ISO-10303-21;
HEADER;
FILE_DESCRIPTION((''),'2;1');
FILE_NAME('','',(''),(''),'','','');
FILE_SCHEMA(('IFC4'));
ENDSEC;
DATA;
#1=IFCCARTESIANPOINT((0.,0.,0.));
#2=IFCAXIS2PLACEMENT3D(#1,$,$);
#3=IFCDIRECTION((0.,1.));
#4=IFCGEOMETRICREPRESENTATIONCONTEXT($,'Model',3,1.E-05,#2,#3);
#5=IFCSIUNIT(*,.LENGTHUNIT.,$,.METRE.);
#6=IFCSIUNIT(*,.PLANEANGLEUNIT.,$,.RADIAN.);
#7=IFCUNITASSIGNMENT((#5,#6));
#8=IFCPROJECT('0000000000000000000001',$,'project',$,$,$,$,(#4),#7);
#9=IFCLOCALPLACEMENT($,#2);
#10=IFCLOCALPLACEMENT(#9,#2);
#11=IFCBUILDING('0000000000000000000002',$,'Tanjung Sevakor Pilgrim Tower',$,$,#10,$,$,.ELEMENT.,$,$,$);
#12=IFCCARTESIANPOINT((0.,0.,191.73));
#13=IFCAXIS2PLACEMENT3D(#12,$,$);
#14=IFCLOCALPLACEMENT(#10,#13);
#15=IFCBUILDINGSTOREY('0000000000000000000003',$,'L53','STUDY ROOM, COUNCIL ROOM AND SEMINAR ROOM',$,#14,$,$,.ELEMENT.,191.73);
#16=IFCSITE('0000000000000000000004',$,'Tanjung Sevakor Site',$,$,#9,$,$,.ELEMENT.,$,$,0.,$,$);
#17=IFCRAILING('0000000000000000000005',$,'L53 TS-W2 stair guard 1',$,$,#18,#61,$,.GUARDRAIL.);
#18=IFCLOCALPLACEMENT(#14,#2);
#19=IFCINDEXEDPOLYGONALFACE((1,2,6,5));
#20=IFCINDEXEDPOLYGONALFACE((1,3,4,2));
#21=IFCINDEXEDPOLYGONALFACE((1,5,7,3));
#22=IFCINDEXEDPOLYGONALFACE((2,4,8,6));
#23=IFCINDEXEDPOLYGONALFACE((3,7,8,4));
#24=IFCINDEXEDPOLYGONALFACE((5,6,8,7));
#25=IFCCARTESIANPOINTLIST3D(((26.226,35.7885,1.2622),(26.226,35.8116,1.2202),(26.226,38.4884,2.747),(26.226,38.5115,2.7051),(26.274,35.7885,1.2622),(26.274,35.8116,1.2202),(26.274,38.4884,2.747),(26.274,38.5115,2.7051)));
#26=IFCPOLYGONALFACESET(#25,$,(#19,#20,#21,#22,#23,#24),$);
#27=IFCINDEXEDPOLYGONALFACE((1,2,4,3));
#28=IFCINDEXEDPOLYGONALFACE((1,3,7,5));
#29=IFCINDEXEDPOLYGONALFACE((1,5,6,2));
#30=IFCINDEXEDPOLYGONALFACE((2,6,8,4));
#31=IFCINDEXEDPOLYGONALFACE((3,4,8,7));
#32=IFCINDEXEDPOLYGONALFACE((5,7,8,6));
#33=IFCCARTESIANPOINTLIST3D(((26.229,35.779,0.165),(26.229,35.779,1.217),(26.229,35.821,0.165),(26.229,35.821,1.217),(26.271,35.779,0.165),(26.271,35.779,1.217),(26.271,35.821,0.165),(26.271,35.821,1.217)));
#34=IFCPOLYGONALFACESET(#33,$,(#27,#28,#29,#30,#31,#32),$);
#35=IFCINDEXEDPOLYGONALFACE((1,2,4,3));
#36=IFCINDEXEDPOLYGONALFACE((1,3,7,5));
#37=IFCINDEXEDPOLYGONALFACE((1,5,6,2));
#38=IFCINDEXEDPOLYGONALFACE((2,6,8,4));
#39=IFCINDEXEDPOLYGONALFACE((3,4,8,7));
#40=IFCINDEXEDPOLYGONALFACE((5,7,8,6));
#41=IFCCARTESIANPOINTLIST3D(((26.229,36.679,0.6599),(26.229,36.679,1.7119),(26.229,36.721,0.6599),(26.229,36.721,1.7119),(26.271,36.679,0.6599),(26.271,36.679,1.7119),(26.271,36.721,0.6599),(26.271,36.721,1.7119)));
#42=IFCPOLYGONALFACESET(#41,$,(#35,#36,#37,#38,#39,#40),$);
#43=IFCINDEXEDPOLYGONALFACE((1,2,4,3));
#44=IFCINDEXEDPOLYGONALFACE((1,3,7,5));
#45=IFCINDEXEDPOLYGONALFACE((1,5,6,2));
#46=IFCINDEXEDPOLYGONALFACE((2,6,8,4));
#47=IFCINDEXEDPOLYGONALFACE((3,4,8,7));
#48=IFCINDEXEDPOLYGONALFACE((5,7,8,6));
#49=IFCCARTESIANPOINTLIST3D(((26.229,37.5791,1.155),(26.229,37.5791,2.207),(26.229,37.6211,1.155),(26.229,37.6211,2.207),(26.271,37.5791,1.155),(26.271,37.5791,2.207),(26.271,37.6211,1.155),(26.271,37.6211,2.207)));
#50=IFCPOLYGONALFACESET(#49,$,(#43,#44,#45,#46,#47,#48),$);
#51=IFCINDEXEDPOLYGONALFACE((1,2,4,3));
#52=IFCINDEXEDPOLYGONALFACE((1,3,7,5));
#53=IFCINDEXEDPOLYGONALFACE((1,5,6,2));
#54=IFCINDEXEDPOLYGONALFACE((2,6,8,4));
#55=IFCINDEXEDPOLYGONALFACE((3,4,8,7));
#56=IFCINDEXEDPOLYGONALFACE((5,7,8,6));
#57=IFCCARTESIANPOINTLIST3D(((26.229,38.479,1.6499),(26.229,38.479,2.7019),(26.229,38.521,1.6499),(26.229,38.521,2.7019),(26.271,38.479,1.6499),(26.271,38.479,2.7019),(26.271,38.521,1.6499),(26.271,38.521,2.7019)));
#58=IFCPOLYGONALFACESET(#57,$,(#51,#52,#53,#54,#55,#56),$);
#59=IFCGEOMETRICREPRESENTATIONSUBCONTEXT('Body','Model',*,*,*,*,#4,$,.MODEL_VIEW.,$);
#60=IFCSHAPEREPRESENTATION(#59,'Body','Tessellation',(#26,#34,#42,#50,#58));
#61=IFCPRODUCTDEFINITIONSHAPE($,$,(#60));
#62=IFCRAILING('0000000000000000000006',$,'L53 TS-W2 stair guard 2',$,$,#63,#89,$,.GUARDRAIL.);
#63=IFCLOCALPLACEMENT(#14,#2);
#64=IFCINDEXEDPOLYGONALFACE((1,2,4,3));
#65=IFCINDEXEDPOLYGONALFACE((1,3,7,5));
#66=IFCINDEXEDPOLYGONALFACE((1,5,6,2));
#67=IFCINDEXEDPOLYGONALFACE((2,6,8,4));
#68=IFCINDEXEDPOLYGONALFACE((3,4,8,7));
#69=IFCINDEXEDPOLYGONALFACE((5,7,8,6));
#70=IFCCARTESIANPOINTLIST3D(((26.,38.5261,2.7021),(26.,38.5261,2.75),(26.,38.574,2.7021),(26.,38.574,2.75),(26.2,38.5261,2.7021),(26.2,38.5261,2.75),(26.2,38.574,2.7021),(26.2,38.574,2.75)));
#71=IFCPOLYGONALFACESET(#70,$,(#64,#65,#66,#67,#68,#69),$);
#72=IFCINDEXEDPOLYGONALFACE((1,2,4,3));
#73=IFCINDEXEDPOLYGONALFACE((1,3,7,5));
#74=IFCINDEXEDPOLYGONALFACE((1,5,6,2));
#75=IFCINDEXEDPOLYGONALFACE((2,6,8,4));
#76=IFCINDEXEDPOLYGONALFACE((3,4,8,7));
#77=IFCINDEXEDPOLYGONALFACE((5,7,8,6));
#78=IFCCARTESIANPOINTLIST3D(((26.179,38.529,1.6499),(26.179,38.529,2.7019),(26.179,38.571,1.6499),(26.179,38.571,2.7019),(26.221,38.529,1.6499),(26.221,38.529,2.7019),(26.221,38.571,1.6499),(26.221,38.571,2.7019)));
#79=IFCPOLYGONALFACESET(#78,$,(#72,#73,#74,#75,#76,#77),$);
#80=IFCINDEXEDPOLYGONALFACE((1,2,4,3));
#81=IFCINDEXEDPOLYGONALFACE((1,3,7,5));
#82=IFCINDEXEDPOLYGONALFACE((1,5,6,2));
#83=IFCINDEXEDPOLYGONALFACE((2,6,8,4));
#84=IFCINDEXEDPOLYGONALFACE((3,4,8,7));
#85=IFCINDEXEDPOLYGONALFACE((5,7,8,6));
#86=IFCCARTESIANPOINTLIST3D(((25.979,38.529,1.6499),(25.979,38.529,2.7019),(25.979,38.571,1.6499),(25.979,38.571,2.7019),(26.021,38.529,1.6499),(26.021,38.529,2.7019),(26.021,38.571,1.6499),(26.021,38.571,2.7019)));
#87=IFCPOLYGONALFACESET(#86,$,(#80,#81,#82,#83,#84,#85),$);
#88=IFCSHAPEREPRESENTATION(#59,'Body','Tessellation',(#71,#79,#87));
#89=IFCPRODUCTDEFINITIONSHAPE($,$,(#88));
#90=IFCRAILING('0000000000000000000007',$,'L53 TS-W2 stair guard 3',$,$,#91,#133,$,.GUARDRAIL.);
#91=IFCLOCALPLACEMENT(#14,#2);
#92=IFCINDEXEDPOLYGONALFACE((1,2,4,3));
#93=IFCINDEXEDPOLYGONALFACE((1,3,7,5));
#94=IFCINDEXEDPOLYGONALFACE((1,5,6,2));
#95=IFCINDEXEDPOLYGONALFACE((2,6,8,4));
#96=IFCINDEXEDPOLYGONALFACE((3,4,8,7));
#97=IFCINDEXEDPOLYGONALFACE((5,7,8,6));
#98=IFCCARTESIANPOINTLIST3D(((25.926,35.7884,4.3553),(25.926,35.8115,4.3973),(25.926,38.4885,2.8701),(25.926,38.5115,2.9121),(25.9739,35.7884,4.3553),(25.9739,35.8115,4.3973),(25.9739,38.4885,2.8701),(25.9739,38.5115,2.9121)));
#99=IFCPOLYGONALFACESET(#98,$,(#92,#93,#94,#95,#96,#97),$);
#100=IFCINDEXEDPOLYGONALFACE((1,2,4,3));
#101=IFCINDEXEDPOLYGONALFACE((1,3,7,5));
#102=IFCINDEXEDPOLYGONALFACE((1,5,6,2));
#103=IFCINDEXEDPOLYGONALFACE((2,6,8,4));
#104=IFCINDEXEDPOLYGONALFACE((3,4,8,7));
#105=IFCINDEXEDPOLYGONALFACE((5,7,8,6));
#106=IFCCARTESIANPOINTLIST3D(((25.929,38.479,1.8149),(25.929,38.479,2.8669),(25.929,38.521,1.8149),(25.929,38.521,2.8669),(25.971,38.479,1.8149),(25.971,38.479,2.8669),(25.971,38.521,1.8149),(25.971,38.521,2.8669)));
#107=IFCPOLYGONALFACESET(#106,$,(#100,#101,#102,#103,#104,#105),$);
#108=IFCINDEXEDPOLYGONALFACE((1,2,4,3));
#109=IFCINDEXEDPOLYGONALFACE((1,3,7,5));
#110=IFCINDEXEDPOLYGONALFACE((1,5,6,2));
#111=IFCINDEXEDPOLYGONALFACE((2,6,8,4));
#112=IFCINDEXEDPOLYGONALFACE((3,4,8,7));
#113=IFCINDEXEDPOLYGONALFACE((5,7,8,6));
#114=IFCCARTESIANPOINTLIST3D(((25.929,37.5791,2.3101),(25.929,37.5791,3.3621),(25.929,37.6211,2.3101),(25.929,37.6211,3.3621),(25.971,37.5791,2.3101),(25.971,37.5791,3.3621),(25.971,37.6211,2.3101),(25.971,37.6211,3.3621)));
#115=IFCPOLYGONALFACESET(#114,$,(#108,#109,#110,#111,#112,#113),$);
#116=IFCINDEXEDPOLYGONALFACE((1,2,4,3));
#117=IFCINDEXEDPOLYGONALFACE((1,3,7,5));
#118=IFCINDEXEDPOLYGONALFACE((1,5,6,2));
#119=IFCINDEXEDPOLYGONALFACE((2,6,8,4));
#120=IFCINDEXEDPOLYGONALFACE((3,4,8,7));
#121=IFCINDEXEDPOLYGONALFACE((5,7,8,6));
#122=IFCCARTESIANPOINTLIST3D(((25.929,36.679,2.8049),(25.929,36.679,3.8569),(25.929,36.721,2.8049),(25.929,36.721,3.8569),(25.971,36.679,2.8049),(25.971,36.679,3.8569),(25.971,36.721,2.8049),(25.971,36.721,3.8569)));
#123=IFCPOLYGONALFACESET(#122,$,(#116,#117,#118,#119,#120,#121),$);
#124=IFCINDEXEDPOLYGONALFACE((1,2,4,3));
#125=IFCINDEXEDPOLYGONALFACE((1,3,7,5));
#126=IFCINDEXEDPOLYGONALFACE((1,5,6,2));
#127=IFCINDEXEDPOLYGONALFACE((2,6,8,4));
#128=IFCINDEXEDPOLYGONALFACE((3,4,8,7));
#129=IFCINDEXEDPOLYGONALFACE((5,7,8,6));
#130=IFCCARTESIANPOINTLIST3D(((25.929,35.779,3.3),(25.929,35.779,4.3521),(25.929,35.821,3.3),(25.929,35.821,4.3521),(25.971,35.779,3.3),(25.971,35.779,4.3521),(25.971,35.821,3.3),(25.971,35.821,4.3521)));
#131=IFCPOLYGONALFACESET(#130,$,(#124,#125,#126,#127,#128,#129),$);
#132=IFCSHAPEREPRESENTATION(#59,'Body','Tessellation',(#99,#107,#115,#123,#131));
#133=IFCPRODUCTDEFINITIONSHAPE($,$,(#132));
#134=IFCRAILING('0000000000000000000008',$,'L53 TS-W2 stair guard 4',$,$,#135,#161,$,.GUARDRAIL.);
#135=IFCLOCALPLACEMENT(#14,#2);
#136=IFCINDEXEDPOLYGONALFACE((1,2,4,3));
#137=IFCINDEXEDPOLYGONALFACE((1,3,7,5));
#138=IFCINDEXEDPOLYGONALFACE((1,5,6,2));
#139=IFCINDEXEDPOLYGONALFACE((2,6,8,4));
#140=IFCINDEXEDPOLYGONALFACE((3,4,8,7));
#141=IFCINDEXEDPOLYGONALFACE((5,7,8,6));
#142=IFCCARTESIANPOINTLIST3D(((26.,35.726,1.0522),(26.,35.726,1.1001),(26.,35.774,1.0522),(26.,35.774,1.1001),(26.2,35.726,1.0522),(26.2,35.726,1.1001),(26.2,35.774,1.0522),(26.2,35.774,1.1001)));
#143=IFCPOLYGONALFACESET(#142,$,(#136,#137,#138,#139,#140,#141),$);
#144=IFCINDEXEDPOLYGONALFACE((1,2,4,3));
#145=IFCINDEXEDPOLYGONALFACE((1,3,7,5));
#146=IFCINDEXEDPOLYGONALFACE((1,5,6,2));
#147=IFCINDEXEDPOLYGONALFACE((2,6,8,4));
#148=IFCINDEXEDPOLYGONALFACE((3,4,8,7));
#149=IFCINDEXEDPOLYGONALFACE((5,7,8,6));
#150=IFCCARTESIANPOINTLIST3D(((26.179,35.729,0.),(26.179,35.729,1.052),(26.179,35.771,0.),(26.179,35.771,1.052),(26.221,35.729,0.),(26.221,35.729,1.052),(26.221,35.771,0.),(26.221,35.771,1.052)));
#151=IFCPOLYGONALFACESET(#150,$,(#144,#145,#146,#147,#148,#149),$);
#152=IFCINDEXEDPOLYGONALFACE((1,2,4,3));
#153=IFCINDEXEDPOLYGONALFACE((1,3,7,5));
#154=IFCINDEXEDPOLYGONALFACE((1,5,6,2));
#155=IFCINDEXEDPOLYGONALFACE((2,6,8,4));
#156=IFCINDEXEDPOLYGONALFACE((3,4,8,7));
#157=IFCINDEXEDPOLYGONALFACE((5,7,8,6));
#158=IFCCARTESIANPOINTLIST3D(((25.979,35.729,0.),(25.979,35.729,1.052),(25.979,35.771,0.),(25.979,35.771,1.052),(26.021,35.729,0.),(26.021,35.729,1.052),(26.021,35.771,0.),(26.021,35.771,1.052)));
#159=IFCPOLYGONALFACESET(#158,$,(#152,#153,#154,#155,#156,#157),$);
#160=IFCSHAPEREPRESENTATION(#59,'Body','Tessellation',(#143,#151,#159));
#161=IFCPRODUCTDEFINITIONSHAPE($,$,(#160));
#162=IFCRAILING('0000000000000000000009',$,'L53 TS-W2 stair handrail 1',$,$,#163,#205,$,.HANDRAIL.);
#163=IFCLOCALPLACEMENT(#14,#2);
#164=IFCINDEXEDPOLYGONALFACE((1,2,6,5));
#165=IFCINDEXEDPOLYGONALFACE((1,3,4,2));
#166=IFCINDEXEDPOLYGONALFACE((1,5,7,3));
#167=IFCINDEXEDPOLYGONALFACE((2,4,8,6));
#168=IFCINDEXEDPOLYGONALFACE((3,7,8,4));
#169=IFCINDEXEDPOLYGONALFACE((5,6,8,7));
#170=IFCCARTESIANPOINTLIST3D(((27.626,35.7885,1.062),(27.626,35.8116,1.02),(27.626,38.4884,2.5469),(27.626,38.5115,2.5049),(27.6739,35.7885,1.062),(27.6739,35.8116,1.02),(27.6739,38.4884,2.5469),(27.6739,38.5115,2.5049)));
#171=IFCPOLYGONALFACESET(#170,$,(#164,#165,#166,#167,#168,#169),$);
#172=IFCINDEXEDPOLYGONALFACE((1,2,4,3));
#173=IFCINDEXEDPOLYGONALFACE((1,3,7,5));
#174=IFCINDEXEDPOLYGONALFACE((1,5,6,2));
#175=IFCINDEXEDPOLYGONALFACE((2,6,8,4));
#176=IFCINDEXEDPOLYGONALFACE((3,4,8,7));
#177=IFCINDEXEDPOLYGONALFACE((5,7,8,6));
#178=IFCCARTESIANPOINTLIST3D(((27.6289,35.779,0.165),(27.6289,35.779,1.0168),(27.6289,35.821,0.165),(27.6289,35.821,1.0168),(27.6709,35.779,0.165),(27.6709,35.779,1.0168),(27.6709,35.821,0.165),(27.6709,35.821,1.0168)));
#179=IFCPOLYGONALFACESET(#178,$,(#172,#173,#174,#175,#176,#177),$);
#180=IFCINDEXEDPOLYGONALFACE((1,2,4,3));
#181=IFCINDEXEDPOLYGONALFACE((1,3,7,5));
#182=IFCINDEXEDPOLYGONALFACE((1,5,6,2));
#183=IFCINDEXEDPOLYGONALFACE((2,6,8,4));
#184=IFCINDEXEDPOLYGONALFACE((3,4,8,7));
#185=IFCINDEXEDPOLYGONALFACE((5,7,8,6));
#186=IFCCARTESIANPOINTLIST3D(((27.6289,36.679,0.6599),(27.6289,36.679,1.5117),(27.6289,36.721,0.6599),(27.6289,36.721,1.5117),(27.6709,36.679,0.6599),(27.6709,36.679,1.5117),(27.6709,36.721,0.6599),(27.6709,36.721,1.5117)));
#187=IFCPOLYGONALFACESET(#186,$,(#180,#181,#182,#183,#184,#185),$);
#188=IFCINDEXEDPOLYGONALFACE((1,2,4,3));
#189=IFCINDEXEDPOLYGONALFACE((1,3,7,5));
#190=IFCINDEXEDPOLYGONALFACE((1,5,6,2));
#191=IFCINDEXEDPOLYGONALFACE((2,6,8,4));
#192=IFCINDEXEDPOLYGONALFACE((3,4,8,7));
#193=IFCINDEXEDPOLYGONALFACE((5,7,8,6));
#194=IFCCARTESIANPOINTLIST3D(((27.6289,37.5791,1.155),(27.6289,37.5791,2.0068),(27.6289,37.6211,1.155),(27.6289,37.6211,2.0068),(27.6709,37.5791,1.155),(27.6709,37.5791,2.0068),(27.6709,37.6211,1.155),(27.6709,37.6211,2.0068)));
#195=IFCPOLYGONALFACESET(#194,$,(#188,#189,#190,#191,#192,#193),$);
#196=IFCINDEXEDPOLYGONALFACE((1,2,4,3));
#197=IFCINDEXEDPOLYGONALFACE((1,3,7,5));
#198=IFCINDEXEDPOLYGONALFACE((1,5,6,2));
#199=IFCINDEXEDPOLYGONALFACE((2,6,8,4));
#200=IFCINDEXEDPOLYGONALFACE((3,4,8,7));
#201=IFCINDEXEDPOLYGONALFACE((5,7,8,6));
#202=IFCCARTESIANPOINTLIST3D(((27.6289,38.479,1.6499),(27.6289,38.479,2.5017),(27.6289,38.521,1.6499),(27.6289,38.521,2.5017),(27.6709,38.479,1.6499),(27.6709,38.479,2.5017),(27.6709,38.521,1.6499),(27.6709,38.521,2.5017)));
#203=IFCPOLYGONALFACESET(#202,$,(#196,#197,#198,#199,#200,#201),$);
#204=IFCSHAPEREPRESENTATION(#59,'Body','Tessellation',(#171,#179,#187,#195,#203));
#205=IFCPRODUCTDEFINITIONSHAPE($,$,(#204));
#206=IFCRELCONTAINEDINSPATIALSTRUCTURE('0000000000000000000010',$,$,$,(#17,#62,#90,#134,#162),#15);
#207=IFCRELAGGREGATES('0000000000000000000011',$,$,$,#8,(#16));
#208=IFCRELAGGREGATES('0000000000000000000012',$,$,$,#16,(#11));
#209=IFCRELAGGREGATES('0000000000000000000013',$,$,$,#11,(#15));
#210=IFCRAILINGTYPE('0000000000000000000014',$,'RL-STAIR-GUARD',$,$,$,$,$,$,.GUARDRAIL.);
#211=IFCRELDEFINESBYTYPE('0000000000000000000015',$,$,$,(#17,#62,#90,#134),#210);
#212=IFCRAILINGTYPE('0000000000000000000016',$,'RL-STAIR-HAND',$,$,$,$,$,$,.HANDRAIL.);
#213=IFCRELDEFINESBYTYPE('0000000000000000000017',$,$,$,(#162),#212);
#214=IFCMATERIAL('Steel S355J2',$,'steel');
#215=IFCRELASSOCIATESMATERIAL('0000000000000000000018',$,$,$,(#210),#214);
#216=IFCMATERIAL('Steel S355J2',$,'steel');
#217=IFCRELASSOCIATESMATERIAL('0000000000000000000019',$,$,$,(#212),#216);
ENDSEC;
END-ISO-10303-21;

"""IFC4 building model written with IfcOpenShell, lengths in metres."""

from ifc_helpers import new_model, si_unit, direction, frame, origin, place, context, subcontext, project, spatial, rectangle, extrude, material, type_object, element, save


model = new_model("IFC4")

# Units and contexts
model_context = context("Model", 3, precision=1e-05, world=origin(), true_north=direction((0.0, 1.0)))
body_context = subcontext(model_context, "Body", "Model", "MODEL_VIEW")
ifc_project = project(units=[si_unit("LENGTHUNIT", "METRE"), si_unit("PLANEANGLEUNIT", "RADIAN")], contexts=[model_context])

# Site, building, storey
site_placement = place(None, origin())
site = spatial("IfcSite", under=ifc_project, at=site_placement, Name="Tanjung Sevakor Site", CompositionType="ELEMENT", RefElevation=0.0)
building_placement = place(site_placement, origin())
building = spatial("IfcBuilding", under=site, at=building_placement, Name="Tanjung Sevakor Pilgrim Tower", CompositionType="ELEMENT")
storey_placement = place(building_placement, frame((0.0, 0.0, 191.73)))
storey = spatial("IfcBuildingStorey", under=building, at=storey_placement, Name="L53", Description="STUDY ROOM, COUNCIL ROOM AND SEMINAR ROOM", CompositionType="ELEMENT", Elevation=191.73)

# Railings
ifc_material_1 = material(Name="Steel S355J2", Category="steel")
railing_type_1 = type_object("IfcRailingType", Name="RL-STAIR-GUARD", PredefinedType="GUARDRAIL", material=ifc_material_1)
railing_1_placement = place(storey_placement, frame((26.25, 35.8, 0.165)))
element("IfcRailing", 1, at=railing_1_placement, inside=storey, type_object=railing_type_1, Name="L53 TS-W2 stair guard 1", PredefinedType="GUARDRAIL", context=body_context, shape_type="SweptSolid", body=[
    extrude(rectangle(XDim=0.0479, YDim=0.0479), frame((0.0, 0.0, 1.0762), z_axis=(0.0, 0.876231, 0.481891), x_axis=(-1.0, 0.0, 0.0)), (0.0, 0.0, 1.0), 3.0813),
    extrude(rectangle(XDim=0.042, YDim=0.042), origin(), (0.0, 0.0, 1.0), 1.052),
    extrude(rectangle(XDim=0.042, YDim=0.042), frame((0.0, 0.8999, 0.4949)), (0.0, 0.0, 1.0), 1.052),
    extrude(rectangle(XDim=0.042, YDim=0.042), frame((0.0, 1.8, 0.99)), (0.0, 0.0, 1.0), 1.052),
    extrude(rectangle(XDim=0.042, YDim=0.042), frame((0.0, 2.7, 1.4849)), (0.0, 0.0, 1.0), 1.052),
])
railing_2_placement = place(storey_placement, frame((26.2, 38.55, 1.6499)))
element("IfcRailing", 2, at=railing_2_placement, inside=storey, type_object=railing_type_1, Name="L53 TS-W2 stair guard 2", PredefinedType="GUARDRAIL", context=body_context, shape_type="SweptSolid", body=[
    extrude(rectangle(XDim=0.0479, YDim=0.0479), frame((0.0, 0.0, 1.0762), z_axis=(-1.0, 0.0, 0.0), x_axis=(0.0, -1.0, 0.0)), (0.0, 0.0, 1.0), 0.2),
    extrude(rectangle(XDim=0.042, YDim=0.042), origin(), (0.0, 0.0, 1.0), 1.052),
    extrude(rectangle(XDim=0.042, YDim=0.042), frame((-0.2, 0.0, 0.0)), (0.0, 0.0, 1.0), 1.052),
])
railing_3_placement = place(storey_placement, frame((25.95, 38.5, 1.8149)))
element("IfcRailing", 3, at=railing_3_placement, inside=storey, type_object=railing_type_1, Name="L53 TS-W2 stair guard 3", PredefinedType="GUARDRAIL", context=body_context, shape_type="SweptSolid", body=[
    extrude(rectangle(XDim=0.0479, YDim=0.0479), frame((0.0, 0.0, 1.0762), z_axis=(0.0, -0.876198, 0.481952), x_axis=(1.0, 0.0, 0.0)), (0.0, 0.0, 1.0), 3.0815),
    extrude(rectangle(XDim=0.042, YDim=0.042), origin(), (0.0, 0.0, 1.0), 1.052),
    extrude(rectangle(XDim=0.042, YDim=0.042), frame((0.0, -0.8999, 0.4951)), (0.0, 0.0, 1.0), 1.052),
    extrude(rectangle(XDim=0.042, YDim=0.042), frame((0.0, -1.8, 0.99)), (0.0, 0.0, 1.0), 1.052),
    extrude(rectangle(XDim=0.042, YDim=0.042), frame((0.0, -2.7, 1.4851)), (0.0, 0.0, 1.0), 1.052),
])
railing_4_placement = place(storey_placement, frame((26.2, 35.75, 0.0)))
element("IfcRailing", 4, at=railing_4_placement, inside=storey, type_object=railing_type_1, Name="L53 TS-W2 stair guard 4", PredefinedType="GUARDRAIL", context=body_context, shape_type="SweptSolid", body=[
    extrude(rectangle(XDim=0.0479, YDim=0.0479), frame((0.0, 0.0, 1.0762), z_axis=(-1.0, 0.0, 0.0), x_axis=(0.0, -1.0, 0.0)), (0.0, 0.0, 1.0), 0.2),
    extrude(rectangle(XDim=0.042, YDim=0.042), origin(), (0.0, 0.0, 1.0), 1.052),
    extrude(rectangle(XDim=0.042, YDim=0.042), frame((-0.2, 0.0, 0.0)), (0.0, 0.0, 1.0), 1.052),
])
ifc_material_2 = material(Name="Steel S355J2", Category="steel")
railing_type_2 = type_object("IfcRailingType", Name="RL-STAIR-HAND", PredefinedType="HANDRAIL", material=ifc_material_2)
railing_5_placement = place(storey_placement, frame((27.6499, 35.8, 0.165)))
element("IfcRailing", 5, at=railing_5_placement, inside=storey, type_object=railing_type_2, Name="L53 TS-W2 stair handrail 1", PredefinedType="HANDRAIL", context=body_context, shape_type="SweptSolid", body=[
    extrude(rectangle(XDim=0.0479, YDim=0.0479), frame((0.0, 0.0, 0.876), z_axis=(0.0, 0.876231, 0.481891), x_axis=(-1.0, 0.0, 0.0)), (0.0, 0.0, 1.0), 3.0813),
    extrude(rectangle(XDim=0.042, YDim=0.042), origin(), (0.0, 0.0, 1.0), 0.8518),
    extrude(rectangle(XDim=0.042, YDim=0.042), frame((0.0, 0.8999, 0.4949)), (0.0, 0.0, 1.0), 0.8518),
    extrude(rectangle(XDim=0.042, YDim=0.042), frame((0.0, 1.8, 0.99)), (0.0, 0.0, 1.0), 0.8518),
    extrude(rectangle(XDim=0.042, YDim=0.042), frame((0.0, 2.7, 1.4849)), (0.0, 0.0, 1.0), 0.8518),
])

save(model, "model.ifc")
